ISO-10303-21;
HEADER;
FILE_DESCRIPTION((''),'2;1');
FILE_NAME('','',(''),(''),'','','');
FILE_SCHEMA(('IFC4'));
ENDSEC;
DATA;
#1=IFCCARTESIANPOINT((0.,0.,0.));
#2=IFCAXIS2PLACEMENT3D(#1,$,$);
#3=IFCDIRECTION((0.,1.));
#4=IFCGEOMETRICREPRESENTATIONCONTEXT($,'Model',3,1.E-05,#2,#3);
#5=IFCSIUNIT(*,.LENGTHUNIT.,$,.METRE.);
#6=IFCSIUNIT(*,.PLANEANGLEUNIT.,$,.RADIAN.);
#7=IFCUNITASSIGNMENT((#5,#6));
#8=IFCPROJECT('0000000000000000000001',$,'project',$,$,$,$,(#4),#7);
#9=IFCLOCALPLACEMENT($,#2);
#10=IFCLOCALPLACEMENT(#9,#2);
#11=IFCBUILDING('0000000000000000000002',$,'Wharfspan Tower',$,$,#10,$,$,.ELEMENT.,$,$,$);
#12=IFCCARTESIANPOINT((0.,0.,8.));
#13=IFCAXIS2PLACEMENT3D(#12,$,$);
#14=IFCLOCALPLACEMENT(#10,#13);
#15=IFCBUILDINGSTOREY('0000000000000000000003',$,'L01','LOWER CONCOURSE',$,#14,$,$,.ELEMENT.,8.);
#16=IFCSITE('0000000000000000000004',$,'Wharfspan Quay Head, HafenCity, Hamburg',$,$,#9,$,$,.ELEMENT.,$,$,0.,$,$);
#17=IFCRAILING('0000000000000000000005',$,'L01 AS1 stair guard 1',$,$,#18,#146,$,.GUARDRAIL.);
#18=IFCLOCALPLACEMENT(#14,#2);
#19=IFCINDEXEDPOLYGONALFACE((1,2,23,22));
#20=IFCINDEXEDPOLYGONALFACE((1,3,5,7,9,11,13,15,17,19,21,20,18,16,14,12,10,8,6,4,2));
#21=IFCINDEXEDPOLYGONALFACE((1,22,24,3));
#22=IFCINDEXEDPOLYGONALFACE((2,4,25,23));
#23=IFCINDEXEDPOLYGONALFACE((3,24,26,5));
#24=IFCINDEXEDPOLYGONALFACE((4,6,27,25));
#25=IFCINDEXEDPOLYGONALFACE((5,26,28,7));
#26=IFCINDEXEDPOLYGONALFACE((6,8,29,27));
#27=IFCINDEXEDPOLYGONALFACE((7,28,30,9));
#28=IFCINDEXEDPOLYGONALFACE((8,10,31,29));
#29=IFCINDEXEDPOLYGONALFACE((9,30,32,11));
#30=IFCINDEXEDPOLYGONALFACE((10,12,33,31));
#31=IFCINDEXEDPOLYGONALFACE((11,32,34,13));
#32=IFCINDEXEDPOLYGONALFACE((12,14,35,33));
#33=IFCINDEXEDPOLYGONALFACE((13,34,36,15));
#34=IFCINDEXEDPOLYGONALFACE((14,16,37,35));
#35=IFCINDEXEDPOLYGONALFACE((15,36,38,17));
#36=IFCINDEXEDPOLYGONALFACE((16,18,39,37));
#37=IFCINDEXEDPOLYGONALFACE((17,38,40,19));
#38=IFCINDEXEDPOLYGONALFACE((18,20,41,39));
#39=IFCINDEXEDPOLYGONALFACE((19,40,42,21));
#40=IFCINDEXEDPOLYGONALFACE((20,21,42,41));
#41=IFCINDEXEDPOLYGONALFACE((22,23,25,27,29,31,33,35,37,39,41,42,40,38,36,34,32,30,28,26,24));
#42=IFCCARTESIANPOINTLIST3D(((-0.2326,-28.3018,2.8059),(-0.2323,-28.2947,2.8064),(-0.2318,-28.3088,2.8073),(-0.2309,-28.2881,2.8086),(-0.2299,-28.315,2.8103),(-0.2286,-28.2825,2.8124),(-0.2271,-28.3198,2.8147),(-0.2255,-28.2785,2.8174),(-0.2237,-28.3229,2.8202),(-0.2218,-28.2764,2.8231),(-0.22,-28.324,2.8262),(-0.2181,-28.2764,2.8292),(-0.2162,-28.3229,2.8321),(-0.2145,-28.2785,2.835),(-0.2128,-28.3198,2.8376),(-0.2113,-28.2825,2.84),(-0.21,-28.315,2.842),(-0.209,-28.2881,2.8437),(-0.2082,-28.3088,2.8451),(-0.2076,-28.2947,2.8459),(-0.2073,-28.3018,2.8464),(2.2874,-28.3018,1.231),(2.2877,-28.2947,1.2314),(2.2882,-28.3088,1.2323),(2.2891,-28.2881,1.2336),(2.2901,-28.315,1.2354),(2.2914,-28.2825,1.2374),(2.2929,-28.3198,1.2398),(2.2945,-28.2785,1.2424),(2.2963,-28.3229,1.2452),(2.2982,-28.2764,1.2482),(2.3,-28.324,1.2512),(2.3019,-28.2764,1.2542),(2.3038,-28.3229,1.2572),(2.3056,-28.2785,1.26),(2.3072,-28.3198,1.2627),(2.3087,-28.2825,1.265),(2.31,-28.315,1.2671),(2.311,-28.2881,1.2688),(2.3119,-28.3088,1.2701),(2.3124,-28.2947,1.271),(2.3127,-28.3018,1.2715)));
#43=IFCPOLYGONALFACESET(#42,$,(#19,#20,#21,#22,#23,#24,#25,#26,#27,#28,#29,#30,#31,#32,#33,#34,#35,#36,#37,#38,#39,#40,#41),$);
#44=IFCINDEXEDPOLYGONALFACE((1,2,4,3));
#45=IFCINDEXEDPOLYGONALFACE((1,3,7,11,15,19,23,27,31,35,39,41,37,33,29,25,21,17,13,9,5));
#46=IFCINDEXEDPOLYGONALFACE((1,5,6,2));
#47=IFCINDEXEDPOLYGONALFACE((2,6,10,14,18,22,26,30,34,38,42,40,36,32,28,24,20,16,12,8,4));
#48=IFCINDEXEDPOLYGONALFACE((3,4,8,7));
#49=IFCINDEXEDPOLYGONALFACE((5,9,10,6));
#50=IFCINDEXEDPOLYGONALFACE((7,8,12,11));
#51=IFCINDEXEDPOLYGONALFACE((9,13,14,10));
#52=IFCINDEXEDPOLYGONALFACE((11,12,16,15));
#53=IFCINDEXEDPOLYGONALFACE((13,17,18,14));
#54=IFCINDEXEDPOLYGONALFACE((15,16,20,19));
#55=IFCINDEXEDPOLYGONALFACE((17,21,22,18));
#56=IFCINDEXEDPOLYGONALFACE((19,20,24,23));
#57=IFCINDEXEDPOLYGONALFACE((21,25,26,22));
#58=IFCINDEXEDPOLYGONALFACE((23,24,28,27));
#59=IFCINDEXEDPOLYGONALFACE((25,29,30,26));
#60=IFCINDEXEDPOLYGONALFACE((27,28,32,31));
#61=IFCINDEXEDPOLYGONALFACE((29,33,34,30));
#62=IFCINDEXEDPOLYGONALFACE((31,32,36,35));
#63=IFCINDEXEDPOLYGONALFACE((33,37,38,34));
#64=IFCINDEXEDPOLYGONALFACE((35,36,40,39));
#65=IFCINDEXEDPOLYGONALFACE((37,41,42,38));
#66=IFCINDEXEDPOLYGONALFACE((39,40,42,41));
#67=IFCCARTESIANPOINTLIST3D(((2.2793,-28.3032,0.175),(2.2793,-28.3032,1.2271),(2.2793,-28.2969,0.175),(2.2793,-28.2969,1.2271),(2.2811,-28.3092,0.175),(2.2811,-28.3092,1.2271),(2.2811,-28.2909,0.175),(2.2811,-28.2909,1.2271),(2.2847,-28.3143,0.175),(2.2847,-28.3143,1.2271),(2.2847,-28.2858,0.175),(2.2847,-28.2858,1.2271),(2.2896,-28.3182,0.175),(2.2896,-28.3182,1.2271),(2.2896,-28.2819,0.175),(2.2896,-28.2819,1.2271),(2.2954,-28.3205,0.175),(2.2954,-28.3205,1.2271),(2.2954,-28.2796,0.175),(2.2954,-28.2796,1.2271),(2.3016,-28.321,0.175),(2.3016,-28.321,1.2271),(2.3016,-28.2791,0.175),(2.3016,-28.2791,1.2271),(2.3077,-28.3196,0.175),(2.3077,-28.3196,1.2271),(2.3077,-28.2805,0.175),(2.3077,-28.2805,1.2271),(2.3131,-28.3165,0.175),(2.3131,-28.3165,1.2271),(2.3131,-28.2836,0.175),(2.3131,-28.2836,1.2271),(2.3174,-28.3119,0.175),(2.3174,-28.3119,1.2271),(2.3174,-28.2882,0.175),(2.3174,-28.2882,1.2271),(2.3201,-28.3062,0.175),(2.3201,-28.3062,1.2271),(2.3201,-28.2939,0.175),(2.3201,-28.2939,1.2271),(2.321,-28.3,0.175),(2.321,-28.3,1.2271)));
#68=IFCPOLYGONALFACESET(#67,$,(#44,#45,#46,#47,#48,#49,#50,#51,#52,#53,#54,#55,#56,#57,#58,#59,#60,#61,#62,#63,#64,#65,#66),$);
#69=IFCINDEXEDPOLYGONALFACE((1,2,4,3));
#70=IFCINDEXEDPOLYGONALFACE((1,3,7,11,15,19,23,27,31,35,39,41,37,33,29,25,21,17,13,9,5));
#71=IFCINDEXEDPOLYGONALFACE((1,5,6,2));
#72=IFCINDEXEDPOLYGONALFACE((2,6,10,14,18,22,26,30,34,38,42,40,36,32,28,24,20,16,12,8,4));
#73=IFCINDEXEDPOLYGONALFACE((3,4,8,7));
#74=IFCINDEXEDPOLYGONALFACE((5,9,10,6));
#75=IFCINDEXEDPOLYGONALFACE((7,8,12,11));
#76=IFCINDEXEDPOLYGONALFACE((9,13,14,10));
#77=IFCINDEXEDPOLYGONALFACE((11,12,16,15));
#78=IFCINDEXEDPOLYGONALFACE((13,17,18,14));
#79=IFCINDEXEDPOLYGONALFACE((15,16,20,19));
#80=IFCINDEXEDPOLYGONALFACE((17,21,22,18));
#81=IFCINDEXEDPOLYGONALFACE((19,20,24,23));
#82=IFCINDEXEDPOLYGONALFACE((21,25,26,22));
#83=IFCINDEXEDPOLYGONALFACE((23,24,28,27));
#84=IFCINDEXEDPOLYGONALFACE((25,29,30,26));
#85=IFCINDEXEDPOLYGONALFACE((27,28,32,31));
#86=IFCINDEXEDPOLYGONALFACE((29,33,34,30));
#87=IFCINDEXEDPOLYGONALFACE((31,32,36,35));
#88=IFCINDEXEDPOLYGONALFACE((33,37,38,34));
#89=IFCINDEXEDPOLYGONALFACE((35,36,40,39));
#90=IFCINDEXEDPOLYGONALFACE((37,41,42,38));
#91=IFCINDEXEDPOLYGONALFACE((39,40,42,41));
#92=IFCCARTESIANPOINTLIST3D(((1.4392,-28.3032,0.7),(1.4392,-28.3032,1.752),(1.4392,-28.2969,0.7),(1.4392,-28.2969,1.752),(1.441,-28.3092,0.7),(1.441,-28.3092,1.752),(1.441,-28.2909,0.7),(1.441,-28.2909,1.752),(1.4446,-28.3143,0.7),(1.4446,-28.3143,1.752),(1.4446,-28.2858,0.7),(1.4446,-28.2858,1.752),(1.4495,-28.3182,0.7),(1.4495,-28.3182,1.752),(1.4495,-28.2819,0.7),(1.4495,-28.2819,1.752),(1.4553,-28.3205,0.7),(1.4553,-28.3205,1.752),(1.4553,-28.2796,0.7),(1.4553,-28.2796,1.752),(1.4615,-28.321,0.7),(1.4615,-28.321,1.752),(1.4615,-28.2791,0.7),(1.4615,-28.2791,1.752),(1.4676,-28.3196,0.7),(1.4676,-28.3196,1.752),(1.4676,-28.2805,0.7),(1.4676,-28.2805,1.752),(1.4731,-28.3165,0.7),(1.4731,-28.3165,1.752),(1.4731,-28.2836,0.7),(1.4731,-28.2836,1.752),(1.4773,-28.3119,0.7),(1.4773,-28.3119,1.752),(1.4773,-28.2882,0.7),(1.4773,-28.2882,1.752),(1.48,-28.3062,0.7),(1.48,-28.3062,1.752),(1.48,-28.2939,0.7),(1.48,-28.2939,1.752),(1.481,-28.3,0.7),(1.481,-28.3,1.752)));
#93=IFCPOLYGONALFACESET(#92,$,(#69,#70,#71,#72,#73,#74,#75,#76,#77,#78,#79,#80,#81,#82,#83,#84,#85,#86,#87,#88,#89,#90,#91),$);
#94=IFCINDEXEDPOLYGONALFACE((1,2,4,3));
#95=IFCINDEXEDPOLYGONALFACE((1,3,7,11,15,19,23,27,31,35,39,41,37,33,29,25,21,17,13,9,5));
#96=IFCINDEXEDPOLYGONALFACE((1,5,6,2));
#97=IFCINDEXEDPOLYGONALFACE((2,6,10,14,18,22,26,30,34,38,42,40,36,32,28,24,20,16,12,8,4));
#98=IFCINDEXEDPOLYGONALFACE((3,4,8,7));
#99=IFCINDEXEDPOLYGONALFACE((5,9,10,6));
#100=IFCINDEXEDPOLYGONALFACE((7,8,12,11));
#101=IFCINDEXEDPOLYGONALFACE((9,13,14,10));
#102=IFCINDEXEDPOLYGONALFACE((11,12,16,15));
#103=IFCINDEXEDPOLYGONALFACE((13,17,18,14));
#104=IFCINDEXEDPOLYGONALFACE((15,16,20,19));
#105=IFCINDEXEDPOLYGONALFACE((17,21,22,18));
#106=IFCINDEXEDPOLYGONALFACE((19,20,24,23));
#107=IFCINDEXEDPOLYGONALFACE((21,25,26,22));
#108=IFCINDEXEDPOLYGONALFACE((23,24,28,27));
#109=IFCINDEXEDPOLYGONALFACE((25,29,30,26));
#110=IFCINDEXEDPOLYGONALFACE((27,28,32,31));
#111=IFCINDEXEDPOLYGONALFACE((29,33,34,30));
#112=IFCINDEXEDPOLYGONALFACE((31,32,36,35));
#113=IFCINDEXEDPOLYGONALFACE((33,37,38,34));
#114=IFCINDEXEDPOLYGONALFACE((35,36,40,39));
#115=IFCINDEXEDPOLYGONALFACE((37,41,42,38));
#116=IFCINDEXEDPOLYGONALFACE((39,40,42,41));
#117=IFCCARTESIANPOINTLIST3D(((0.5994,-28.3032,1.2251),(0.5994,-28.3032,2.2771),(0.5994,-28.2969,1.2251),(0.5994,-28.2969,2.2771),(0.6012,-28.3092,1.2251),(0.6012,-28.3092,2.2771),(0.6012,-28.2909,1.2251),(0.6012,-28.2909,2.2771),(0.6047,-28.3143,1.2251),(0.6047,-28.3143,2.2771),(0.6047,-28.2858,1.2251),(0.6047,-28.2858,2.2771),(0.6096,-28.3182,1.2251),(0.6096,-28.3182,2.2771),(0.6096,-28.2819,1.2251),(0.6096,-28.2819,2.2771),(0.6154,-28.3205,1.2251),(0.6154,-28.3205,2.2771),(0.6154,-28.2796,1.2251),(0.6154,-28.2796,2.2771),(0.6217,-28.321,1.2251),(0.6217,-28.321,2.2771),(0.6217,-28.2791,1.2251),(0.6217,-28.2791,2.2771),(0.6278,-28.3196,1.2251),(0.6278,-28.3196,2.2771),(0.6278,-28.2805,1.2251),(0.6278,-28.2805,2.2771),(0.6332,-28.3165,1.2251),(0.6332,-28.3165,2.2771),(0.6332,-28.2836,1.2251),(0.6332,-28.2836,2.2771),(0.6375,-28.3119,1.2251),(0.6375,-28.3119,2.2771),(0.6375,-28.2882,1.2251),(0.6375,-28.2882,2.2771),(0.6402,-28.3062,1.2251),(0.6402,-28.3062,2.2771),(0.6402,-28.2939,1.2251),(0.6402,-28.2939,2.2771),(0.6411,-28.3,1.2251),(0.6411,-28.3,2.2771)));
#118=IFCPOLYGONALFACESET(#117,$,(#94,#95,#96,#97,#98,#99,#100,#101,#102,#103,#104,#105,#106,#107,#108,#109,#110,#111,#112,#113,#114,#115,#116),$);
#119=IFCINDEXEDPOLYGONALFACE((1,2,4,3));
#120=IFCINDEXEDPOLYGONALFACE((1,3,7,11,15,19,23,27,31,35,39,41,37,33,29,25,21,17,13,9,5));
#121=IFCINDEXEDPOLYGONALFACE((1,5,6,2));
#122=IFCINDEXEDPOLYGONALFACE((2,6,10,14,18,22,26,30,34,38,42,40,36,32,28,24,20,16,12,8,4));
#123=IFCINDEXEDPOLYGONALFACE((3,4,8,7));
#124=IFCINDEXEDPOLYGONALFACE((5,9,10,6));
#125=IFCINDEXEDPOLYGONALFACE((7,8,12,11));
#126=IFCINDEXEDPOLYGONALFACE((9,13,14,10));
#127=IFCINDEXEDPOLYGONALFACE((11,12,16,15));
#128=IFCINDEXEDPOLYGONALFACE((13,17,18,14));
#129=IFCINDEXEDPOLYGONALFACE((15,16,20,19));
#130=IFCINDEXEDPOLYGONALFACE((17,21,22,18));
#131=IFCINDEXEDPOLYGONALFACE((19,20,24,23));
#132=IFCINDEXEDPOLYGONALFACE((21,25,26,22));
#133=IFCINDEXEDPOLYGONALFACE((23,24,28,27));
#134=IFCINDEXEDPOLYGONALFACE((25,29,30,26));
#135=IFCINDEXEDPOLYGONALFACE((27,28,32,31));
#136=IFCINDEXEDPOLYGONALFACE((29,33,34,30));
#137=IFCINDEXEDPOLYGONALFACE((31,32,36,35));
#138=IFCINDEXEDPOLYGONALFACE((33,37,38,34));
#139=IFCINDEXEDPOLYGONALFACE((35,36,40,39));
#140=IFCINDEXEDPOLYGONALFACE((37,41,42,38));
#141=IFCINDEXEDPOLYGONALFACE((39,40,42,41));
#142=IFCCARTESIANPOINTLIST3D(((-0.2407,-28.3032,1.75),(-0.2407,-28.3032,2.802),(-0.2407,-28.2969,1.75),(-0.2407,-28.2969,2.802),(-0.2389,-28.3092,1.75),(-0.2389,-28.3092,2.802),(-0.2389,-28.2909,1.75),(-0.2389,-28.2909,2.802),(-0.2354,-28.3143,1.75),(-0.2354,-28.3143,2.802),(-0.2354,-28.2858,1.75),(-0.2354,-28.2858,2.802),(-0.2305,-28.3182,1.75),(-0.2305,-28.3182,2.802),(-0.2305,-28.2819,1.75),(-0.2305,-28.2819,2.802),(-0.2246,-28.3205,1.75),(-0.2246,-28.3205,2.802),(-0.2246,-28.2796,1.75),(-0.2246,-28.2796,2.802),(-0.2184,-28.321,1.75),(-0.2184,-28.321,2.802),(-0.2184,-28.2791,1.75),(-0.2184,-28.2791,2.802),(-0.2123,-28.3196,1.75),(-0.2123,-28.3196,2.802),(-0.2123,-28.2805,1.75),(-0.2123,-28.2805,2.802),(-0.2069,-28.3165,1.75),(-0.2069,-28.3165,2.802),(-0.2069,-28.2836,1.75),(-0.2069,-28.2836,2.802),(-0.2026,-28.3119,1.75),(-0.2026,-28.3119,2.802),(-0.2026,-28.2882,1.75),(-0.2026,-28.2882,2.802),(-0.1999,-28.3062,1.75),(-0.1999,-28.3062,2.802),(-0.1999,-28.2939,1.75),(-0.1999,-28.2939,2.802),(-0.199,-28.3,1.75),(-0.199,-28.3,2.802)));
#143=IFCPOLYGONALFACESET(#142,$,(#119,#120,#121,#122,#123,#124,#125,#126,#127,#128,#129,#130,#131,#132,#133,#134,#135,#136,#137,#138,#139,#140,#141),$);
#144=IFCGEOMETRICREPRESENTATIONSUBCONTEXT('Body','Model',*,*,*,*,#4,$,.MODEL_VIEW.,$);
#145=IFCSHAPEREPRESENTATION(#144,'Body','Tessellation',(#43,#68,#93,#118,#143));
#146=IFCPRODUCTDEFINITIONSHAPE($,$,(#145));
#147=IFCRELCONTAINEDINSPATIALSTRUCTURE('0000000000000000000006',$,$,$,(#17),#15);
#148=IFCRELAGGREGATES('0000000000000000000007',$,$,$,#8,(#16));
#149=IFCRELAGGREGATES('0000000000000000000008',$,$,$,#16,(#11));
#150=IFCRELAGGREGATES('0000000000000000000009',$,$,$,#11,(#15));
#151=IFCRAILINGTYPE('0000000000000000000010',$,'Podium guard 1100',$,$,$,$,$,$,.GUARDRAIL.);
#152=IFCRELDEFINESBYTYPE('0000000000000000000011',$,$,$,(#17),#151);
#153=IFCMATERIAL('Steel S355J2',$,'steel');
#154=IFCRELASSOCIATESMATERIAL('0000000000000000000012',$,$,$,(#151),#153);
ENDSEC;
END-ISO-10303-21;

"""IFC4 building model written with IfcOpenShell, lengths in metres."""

from ifc_helpers import new_model, si_unit, direction, frame, origin, origin_2d, place, context, subcontext, project, spatial, circle, extrude, material, type_object, element, save


model = new_model("IFC4")

# Units and contexts
model_context = context("Model", 3, precision=1e-05, world=origin(), true_north=direction((0.0, 1.0)))
body_context = subcontext(model_context, "Body", "Model", "MODEL_VIEW")
ifc_project = project(units=[si_unit("LENGTHUNIT", "METRE"), si_unit("PLANEANGLEUNIT", "RADIAN")], contexts=[model_context])

# Site, building, storey
site_placement = place(None, origin())
site = spatial("IfcSite", under=ifc_project, at=site_placement, Name="Wharfspan Quay Head, HafenCity, Hamburg", CompositionType="ELEMENT", RefElevation=0.0)
building_placement = place(site_placement, origin())
building = spatial("IfcBuilding", under=site, at=building_placement, Name="Wharfspan Tower", CompositionType="ELEMENT")
storey_placement = place(building_placement, frame((0.0, 0.0, 8.0)))
storey = spatial("IfcBuildingStorey", under=building, at=storey_placement, Name="L01", Description="LOWER CONCOURSE", CompositionType="ELEMENT", Elevation=8.0)

# Railing
ifc_material_1 = material(Name="Steel S355J2", Category="steel")
railing_type_1 = type_object("IfcRailingType", Name="Podium guard 1100", PredefinedType="GUARDRAIL", material=ifc_material_1)
railing_1_placement = place(storey_placement, frame((2.3, -28.3, 0.175)))
element("IfcRailing", 1, at=railing_1_placement, inside=storey, type_object=railing_type_1, Name="L01 AS1 stair guard 1", PredefinedType="GUARDRAIL", context=body_context, shape_type="SweptSolid", body=[
    extrude(circle(Radius=0.0239, at=origin_2d()), frame((0.0, 0.0, 1.0762), z_axis=(-0.848008, 0.0, 0.529984), x_axis=(0.0, -1.0, 0.0)), (0.0, 0.0, 1.0), 2.9717),
    extrude(circle(Radius=0.021, at=origin_2d()), origin(), (0.0, 0.0, 1.0), 1.052),
    extrude(circle(Radius=0.021, at=origin_2d()), frame((-0.8401, 0.0, 0.5249)), (0.0, 0.0, 1.0), 1.052),
    extrude(circle(Radius=0.021, at=origin_2d()), frame((-1.6799, 0.0, 1.05)), (0.0, 0.0, 1.0), 1.052),
    extrude(circle(Radius=0.021, at=origin_2d()), frame((-2.52, 0.0, 1.575)), (0.0, 0.0, 1.0), 1.052),
])

save(model, "model.ifc")
